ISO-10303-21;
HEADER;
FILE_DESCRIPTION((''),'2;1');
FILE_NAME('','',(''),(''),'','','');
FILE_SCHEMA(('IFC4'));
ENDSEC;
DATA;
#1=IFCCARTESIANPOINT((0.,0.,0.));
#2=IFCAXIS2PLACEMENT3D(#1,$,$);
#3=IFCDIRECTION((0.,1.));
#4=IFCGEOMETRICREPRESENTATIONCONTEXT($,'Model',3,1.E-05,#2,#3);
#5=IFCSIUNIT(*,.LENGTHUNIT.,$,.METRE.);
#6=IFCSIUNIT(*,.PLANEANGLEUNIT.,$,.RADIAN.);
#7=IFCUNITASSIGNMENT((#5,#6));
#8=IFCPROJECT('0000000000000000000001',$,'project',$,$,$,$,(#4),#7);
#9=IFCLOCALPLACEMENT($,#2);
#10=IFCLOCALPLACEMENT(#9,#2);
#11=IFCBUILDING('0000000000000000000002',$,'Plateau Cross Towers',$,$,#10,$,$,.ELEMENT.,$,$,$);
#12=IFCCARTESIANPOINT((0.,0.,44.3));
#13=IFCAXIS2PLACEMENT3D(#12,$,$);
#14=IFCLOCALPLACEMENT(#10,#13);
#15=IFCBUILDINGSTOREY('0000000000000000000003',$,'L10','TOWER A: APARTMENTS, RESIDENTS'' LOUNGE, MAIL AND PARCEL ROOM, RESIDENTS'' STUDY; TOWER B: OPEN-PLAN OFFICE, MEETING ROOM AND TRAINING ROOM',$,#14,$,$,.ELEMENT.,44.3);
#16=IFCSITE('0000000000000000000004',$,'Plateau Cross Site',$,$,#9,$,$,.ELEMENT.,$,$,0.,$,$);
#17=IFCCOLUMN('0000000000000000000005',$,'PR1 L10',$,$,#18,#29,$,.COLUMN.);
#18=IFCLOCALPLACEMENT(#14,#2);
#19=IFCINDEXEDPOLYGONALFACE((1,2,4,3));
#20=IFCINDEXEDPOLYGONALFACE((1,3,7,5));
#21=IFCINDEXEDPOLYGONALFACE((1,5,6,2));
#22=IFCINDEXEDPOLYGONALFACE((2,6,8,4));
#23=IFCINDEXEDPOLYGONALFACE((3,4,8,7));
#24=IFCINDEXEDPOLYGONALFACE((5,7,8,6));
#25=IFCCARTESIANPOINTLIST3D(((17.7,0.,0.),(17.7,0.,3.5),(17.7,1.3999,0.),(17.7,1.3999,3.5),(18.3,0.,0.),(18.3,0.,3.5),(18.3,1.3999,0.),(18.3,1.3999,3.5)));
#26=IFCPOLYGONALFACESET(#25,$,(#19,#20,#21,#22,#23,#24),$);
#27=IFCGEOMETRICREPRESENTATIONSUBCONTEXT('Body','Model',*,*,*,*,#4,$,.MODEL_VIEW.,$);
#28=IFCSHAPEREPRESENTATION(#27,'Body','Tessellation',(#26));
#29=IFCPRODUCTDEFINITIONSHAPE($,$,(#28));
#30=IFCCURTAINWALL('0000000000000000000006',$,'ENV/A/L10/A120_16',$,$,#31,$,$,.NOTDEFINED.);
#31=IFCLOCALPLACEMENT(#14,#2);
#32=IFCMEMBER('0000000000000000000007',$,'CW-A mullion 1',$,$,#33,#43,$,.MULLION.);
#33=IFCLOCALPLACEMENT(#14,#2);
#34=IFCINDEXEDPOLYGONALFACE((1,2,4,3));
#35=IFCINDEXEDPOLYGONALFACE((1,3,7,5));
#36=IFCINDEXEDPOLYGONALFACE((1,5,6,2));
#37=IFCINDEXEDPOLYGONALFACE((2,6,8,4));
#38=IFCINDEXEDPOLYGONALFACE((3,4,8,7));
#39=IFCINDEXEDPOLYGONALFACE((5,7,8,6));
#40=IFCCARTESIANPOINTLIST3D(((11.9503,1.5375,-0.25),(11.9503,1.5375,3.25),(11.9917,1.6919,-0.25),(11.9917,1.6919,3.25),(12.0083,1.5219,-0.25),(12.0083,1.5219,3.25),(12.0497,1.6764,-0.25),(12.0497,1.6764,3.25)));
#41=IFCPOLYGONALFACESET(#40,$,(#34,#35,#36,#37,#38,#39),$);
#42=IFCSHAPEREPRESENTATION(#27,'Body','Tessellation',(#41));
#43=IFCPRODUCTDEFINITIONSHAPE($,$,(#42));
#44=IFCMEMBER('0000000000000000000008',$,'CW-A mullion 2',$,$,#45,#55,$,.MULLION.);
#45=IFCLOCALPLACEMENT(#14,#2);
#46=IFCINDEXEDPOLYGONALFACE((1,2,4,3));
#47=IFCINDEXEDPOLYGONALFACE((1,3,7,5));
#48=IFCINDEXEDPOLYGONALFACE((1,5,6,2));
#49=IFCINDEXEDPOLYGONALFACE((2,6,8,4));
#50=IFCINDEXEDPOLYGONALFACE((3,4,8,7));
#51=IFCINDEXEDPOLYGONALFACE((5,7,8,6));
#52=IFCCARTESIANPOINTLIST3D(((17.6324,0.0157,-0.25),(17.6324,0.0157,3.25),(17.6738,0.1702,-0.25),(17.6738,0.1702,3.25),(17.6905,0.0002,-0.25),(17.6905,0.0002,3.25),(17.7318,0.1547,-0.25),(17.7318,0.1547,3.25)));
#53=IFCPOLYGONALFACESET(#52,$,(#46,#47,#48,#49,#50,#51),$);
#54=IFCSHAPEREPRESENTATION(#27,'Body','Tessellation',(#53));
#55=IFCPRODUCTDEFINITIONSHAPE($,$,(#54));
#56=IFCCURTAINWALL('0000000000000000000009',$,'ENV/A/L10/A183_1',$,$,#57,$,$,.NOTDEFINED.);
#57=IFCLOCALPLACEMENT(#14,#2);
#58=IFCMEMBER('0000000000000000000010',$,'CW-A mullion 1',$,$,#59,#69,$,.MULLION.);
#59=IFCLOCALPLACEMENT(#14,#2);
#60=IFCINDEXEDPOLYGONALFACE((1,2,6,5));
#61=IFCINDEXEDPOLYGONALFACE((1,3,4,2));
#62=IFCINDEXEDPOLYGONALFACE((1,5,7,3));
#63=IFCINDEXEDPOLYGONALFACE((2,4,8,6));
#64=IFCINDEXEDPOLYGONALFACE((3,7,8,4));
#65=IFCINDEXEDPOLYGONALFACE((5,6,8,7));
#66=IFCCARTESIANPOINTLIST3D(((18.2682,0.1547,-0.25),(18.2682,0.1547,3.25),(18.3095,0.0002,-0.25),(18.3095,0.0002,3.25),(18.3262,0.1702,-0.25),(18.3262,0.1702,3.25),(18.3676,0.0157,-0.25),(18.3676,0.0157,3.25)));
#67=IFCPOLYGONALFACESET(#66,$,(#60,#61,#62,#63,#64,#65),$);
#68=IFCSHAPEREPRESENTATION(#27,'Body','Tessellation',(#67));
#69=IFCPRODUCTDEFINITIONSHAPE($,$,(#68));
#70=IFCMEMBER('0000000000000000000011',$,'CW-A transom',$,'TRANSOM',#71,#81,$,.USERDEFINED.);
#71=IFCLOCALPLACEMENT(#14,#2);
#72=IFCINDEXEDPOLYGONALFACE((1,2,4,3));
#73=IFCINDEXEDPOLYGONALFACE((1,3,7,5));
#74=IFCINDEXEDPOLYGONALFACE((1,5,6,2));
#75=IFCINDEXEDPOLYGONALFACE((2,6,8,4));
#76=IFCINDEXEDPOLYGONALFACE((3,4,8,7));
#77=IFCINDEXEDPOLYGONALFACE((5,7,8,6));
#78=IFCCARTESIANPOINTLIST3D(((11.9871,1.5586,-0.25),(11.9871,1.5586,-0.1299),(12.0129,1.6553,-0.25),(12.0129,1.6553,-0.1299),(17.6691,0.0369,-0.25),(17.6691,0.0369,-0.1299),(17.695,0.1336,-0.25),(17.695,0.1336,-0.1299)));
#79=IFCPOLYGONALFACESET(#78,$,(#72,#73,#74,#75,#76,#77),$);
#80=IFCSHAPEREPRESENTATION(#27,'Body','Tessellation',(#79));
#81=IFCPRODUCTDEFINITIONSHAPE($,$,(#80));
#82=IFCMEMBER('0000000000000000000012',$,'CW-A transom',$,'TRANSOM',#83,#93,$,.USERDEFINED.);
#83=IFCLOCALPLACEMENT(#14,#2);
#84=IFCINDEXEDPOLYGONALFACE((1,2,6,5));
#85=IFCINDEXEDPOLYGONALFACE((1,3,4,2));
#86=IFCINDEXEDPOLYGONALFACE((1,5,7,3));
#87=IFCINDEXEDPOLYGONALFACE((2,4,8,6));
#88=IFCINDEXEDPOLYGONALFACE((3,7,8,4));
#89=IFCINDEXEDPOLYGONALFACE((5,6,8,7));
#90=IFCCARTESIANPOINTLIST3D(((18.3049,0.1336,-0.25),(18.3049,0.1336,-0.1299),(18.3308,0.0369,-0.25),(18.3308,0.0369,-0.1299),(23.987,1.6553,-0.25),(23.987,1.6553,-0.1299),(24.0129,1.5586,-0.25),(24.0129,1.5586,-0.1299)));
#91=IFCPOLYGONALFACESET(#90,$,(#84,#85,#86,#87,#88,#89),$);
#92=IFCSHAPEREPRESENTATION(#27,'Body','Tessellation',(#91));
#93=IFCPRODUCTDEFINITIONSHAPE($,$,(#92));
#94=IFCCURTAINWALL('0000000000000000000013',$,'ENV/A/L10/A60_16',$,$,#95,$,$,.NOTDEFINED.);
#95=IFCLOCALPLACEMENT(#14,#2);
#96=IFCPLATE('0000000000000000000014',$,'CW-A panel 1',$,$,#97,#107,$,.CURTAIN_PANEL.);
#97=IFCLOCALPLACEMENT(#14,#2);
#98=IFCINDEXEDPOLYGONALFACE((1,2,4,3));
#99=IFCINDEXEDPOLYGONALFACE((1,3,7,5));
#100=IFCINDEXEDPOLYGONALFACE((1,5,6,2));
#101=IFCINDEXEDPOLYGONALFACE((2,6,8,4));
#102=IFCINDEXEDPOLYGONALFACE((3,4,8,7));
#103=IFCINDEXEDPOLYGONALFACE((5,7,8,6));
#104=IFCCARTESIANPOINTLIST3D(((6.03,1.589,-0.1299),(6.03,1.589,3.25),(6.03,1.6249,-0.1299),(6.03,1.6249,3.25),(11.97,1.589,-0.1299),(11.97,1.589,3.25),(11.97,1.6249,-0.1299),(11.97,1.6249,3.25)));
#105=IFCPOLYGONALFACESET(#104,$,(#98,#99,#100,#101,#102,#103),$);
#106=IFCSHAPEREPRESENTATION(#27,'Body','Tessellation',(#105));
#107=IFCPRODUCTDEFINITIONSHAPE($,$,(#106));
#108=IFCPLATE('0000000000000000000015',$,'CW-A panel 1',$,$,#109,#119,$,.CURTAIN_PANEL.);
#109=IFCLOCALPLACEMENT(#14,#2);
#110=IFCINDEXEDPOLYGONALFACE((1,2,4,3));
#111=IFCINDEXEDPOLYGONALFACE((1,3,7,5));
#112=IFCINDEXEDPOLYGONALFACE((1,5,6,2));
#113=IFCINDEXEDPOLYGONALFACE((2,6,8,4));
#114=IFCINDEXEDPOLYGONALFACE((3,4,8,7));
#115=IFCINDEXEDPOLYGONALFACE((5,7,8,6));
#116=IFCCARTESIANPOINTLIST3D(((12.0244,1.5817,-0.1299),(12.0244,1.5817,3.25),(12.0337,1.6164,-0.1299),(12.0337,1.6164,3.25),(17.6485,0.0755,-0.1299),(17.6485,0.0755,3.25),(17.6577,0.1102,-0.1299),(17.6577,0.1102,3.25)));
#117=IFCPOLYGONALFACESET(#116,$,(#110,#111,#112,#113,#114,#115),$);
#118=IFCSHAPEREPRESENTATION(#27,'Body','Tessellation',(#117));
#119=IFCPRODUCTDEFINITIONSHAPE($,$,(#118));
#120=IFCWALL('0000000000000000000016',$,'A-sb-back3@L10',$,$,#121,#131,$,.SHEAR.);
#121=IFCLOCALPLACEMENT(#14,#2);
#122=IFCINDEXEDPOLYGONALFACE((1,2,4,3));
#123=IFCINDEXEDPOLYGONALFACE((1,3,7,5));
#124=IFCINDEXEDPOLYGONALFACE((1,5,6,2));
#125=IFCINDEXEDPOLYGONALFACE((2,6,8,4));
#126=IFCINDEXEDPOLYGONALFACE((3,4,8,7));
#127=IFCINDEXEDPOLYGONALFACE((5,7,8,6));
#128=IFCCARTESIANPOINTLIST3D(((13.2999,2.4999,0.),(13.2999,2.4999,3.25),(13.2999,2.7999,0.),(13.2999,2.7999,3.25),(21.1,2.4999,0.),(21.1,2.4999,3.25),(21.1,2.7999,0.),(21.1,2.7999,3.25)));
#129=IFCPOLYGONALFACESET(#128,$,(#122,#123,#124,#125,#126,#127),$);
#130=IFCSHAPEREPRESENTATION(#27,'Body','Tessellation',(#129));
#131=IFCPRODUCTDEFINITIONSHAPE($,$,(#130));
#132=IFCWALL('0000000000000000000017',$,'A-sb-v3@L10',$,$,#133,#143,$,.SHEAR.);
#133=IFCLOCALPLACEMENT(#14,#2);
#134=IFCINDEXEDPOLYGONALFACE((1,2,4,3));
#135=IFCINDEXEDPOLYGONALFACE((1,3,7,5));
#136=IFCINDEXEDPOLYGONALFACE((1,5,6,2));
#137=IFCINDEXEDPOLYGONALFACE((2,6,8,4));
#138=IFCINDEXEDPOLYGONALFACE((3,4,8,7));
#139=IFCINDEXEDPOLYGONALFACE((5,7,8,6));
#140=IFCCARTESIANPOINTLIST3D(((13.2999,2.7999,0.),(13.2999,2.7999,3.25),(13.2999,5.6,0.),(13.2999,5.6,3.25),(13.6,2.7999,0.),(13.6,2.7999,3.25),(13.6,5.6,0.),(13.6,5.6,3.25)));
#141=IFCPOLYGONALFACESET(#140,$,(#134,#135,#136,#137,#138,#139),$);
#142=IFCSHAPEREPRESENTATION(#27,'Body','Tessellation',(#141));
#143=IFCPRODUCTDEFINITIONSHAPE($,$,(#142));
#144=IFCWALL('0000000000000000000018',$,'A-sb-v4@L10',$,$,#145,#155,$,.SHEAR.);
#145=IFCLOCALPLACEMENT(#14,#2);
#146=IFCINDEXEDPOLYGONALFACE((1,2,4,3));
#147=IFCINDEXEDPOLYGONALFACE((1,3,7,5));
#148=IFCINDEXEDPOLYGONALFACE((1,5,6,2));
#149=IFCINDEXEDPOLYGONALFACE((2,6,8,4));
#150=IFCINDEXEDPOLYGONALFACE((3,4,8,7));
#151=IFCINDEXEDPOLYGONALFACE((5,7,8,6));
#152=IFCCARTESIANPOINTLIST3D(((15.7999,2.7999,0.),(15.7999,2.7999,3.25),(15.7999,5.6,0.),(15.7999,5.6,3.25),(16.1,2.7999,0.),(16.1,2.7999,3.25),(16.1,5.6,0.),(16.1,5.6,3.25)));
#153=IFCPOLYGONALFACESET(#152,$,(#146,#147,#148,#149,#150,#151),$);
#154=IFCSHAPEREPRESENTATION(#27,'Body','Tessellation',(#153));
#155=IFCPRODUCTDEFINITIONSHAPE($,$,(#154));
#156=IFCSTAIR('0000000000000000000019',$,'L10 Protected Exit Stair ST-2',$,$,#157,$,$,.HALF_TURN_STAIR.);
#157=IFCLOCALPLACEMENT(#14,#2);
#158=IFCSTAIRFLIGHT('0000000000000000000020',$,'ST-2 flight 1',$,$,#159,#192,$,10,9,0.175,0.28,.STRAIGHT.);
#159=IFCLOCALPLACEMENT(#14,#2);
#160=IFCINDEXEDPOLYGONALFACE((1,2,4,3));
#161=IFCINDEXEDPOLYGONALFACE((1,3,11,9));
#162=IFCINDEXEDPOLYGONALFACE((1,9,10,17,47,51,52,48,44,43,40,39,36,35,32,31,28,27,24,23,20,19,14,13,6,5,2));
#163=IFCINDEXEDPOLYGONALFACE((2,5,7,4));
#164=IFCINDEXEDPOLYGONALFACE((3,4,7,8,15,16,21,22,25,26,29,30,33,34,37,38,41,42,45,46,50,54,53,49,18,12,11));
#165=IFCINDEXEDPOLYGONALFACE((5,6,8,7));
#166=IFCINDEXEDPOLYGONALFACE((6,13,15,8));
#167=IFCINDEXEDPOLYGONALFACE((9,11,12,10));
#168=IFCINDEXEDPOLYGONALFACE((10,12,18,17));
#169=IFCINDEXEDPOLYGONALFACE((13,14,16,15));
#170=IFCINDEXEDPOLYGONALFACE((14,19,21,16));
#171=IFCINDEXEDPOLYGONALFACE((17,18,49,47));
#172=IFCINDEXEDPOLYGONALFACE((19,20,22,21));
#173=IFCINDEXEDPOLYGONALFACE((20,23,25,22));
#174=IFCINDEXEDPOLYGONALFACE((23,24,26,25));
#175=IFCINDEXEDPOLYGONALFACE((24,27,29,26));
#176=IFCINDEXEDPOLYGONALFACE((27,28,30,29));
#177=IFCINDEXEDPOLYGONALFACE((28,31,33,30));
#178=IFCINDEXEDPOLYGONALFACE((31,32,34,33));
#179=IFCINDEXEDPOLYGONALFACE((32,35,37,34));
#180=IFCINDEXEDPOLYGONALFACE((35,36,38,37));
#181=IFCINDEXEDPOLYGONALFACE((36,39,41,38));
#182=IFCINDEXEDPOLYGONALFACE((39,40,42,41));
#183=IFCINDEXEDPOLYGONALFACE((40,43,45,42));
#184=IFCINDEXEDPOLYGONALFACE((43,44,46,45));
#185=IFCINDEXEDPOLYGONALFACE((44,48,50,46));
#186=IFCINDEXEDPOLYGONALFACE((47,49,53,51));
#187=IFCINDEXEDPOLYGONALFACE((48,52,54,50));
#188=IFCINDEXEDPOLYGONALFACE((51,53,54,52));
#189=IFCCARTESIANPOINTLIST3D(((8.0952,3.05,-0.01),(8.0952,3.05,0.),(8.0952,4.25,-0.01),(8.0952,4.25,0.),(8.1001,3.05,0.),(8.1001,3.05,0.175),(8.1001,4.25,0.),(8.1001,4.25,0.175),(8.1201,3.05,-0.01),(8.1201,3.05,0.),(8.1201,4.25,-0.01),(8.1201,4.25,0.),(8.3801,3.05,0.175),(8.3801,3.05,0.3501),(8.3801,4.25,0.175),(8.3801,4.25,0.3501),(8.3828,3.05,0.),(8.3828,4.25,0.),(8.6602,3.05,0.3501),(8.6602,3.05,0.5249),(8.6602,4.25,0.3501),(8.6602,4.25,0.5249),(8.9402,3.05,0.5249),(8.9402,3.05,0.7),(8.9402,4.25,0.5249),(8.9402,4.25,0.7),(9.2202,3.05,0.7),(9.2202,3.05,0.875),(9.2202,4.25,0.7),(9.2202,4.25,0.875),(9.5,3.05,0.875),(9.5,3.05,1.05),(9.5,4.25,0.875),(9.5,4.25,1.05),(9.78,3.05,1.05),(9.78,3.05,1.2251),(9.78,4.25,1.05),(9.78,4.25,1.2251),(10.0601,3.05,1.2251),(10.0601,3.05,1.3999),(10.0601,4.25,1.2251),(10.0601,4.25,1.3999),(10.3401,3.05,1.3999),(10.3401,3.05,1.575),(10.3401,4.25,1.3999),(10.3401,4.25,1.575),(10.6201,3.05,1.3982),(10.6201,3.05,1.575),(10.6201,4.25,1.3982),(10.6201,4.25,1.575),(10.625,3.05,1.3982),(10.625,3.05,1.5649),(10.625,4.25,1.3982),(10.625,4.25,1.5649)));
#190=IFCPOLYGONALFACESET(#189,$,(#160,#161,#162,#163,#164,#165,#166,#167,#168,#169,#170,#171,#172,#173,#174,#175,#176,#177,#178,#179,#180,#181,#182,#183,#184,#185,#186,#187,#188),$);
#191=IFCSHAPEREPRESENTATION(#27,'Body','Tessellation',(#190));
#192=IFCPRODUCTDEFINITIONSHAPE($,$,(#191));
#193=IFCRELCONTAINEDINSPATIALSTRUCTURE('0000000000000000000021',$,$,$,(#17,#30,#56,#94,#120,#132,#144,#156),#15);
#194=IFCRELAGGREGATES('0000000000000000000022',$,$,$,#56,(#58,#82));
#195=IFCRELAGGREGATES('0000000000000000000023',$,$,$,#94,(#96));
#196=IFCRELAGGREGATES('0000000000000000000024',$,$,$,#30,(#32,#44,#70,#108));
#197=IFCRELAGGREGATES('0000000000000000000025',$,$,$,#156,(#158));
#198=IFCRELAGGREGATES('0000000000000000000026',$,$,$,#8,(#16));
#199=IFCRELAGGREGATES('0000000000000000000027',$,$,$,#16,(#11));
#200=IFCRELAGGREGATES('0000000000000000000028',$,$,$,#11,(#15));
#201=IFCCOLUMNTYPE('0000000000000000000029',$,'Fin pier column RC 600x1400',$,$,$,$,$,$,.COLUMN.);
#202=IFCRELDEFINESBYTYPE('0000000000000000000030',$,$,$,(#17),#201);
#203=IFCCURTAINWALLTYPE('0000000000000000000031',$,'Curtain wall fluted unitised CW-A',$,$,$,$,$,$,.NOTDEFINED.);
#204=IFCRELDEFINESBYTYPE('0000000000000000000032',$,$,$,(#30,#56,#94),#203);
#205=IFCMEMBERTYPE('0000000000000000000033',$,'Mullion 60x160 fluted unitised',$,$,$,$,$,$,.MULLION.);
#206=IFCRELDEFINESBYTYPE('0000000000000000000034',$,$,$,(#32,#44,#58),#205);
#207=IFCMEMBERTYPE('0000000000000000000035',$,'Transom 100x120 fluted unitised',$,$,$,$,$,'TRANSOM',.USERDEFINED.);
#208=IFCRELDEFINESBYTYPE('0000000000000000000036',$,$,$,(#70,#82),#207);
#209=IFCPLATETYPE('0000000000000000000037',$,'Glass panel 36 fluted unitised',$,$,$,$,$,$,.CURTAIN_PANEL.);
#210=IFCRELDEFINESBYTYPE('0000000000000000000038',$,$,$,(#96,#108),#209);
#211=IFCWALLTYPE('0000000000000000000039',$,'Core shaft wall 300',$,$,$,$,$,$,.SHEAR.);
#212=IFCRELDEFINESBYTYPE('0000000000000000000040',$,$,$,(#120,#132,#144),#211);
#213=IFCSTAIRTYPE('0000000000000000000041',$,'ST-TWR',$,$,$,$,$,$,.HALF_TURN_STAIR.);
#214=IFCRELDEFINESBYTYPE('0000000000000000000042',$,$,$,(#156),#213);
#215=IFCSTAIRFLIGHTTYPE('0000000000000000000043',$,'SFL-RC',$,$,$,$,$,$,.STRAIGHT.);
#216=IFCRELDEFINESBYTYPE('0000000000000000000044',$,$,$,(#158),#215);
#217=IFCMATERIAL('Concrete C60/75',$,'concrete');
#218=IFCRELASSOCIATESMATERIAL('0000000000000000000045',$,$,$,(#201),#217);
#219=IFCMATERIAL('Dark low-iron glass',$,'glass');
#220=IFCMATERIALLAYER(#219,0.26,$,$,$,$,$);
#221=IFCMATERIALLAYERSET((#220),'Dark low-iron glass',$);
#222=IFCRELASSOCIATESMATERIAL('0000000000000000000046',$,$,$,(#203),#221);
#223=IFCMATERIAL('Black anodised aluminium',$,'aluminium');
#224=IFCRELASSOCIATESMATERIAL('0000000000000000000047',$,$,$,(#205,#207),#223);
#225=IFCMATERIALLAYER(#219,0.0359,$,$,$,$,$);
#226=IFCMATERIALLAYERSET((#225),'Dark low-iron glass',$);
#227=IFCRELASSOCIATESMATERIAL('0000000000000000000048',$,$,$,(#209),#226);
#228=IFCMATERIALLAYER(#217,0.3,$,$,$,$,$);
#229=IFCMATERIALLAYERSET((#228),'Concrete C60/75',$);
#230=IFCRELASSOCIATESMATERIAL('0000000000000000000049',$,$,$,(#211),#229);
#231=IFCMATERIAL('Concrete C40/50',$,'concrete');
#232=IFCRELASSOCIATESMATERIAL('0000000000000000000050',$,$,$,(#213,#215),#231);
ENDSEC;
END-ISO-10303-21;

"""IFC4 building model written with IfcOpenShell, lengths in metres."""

from ifc_helpers import new_model, si_unit, direction, frame, frame_2d, origin, origin_2d, place, context, subcontext, project, spatial, polyline, rectangle, outline, extrude, material, layer, layer_set, material_profile, profile_set, type_object, element, aggregate, save


model = new_model("IFC4")

# Units and contexts
model_context = context("Model", 3, precision=1e-05, world=origin(), true_north=direction((0.0, 1.0)))
body_context = subcontext(model_context, "Body", "Model", "MODEL_VIEW")
ifc_project = project(units=[si_unit("LENGTHUNIT", "METRE"), si_unit("PLANEANGLEUNIT", "RADIAN")], contexts=[model_context])

# Site, building, storey
site_placement = place(None, origin())
site = spatial("IfcSite", under=ifc_project, at=site_placement, Name="Plateau Cross Site", CompositionType="ELEMENT", RefElevation=0.0)
building_placement = place(site_placement, origin())
building = spatial("IfcBuilding", under=site, at=building_placement, Name="Plateau Cross Towers", CompositionType="ELEMENT")
storey_placement = place(building_placement, frame((0.0, 0.0, 44.3)))
storey = spatial("IfcBuildingStorey", under=building, at=storey_placement, Name="L10", Description="TOWER A: APARTMENTS, RESIDENTS' LOUNGE, MAIL AND PARCEL ROOM, RESIDENTS' STUDY; TOWER B: OPEN-PLAN OFFICE, MEETING ROOM AND TRAINING ROOM", CompositionType="ELEMENT", Elevation=44.3)

# Column
ifc_material_1 = material(Name="Concrete C60/75", Category="concrete")
ifc_material_profile_1 = material_profile(ifc_material_1, rectangle(XDim=0.6001, YDim=1.3999, at=origin_2d()), Name="RC 600x1400")
ifc_profile_set_1 = profile_set([ifc_material_profile_1], Name="Concrete C60/75")
column_type = type_object("IfcColumnType", Name="Fin pier column RC 600x1400", PredefinedType="COLUMN", material=ifc_profile_set_1)
column_placement = place(storey_placement, frame((18.0, 0.7, 0.0), z_axis=(0.0, 0.0, 1.0), x_axis=(1.0, 0.0, 0.0)))
element("IfcColumn", 1, at=column_placement, inside=storey, type_object=column_type, Name="PR1 L10", PredefinedType="COLUMN", context=body_context, shape_type="SweptSolid", body=[
    extrude(rectangle(XDim=0.6001, YDim=1.3999, at=origin_2d()), origin(), (0.0, 0.0, 1.0), 3.5),
])

# Curtain wall, members
ifc_material_2 = material(Name="Dark low-iron glass", Category="glass")
ifc_layer_1 = layer(ifc_material_2, 0.26)
ifc_layer_set_1 = layer_set([ifc_layer_1], Name="Dark low-iron glass")
curtain_wall_type = type_object("IfcCurtainWallType", Name="Curtain wall fluted unitised CW-A", PredefinedType="NOTDEFINED", material=ifc_layer_set_1)
curtain_wall_1_placement = place(storey_placement, origin())
curtain_wall_1 = element("IfcCurtainWall", 2, at=curtain_wall_1_placement, inside=storey, type_object=curtain_wall_type, Name="ENV/A/L10/A120_16", PredefinedType="NOTDEFINED")
ifc_material_3 = material(Name="Black anodised aluminium", Category="aluminium")
ifc_material_profile_2 = material_profile(ifc_material_3, rectangle(XDim=0.0601, YDim=0.1599, at=origin_2d()), Name="MULLION 60x160")
ifc_profile_set_2 = profile_set([ifc_material_profile_2], Name="Black anodised aluminium")
member_type_1 = type_object("IfcMemberType", Name="Mullion 60x160 fluted unitised", PredefinedType="MULLION", material=ifc_profile_set_2)
member_1_placement = place(storey_placement, frame((12.0, 1.6069, -0.25), z_axis=(0.0, 0.0, 1.0), x_axis=(0.965958, -0.258699, 0.0)))
member_1 = element("IfcMember", 3, at=member_1_placement, type_object=member_type_1, Name="CW-A mullion 1", PredefinedType="MULLION", context=body_context, shape_type="SweptSolid", body=[
    extrude(rectangle(XDim=0.0601, YDim=0.1599, at=origin_2d()), origin(), (0.0, 0.0, 1.0), 3.5),
])
member_2_placement = place(storey_placement, frame((17.6821, 0.0852, -0.25), z_axis=(0.0, 0.0, 1.0), x_axis=(0.965958, -0.258699, 0.0)))
member_2 = element("IfcMember", 4, at=member_2_placement, type_object=member_type_1, Name="CW-A mullion 2", PredefinedType="MULLION", context=body_context, shape_type="SweptSolid", body=[
    extrude(rectangle(XDim=0.0601, YDim=0.1599, at=origin_2d()), origin(), (0.0, 0.0, 1.0), 3.5),
])

# Curtain wall, member
curtain_wall_2_placement = place(storey_placement, origin())
curtain_wall_2 = element("IfcCurtainWall", 5, at=curtain_wall_2_placement, inside=storey, type_object=curtain_wall_type, Name="ENV/A/L10/A183_1", PredefinedType="NOTDEFINED")
member_3_placement = place(storey_placement, frame((18.3179, 0.0852, -0.25), z_axis=(0.0, 0.0, 1.0), x_axis=(0.965958, 0.258699, 0.0)))
member_3 = element("IfcMember", 6, at=member_3_placement, type_object=member_type_1, Name="CW-A mullion 1", PredefinedType="MULLION", context=body_context, shape_type="SweptSolid", body=[
    extrude(rectangle(XDim=0.0601, YDim=0.1599, at=origin_2d()), origin(), (0.0, 0.0, 1.0), 3.5),
])

# Members
ifc_material_profile_3 = material_profile(ifc_material_3, rectangle(XDim=0.1001, YDim=0.1201, at=origin_2d()), Name="TRANSOM 100x120")
ifc_profile_set_3 = profile_set([ifc_material_profile_3], Name="Black anodised aluminium")
member_type_2 = type_object("IfcMemberType", Name="Transom 100x120 fluted unitised", ElementType="TRANSOM", PredefinedType="USERDEFINED", material=ifc_profile_set_3)
member_4_placement = place(storey_placement, frame((12.0, 1.6069, -0.1899), z_axis=(0.96596, -0.258693, 0.0), x_axis=(0.258693, 0.96596, 0.0)))
member_4 = element("IfcMember", 7, at=member_4_placement, type_object=member_type_2, Name="CW-A transom", ObjectType="TRANSOM", PredefinedType="USERDEFINED", context=body_context, shape_type="SweptSolid", body=[
    extrude(rectangle(XDim=0.1001, YDim=0.1201, at=origin_2d()), origin(), (0.0, 0.0, 1.0), 5.8823),
])
member_5_placement = place(storey_placement, frame((18.3179, 0.0852, -0.1899), z_axis=(0.96596, 0.258693, 0.0), x_axis=(-0.258693, 0.96596, 0.0)))
member_5 = element("IfcMember", 8, at=member_5_placement, type_object=member_type_2, Name="CW-A transom", ObjectType="TRANSOM", PredefinedType="USERDEFINED", context=body_context, shape_type="SweptSolid", body=[
    extrude(rectangle(XDim=0.1001, YDim=0.1201, at=origin_2d()), origin(), (0.0, 0.0, 1.0), 5.8823),
])
aggregate(curtain_wall_2, [member_3, member_5])

# Curtain wall, plate
curtain_wall_3_placement = place(storey_placement, origin())
curtain_wall_3 = element("IfcCurtainWall", 9, at=curtain_wall_3_placement, inside=storey, type_object=curtain_wall_type, Name="ENV/A/L10/A60_16", PredefinedType="NOTDEFINED")
ifc_layer_2 = layer(ifc_material_2, 0.0359)
ifc_layer_set_2 = layer_set([ifc_layer_2], Name="Dark low-iron glass")
plate_type = type_object("IfcPlateType", Name="Glass panel 36 fluted unitised", PredefinedType="CURTAIN_PANEL", material=ifc_layer_set_2)
plate_1_placement = place(storey_placement, frame((9.0, 1.6069, -0.1299), z_axis=(0.0, 0.0, 1.0), x_axis=(1.0, 0.0, 0.0)))
plate_1 = element("IfcPlate", 10, at=plate_1_placement, type_object=plate_type, Name="CW-A panel 1", PredefinedType="CURTAIN_PANEL", context=body_context, shape_type="SweptSolid", body=[
    extrude(rectangle(XDim=5.9399, YDim=0.0359, at=origin_2d()), origin(), (0.0, 0.0, 1.0), 3.3799),
])
aggregate(curtain_wall_3, [plate_1])

# Plate
plate_2_placement = place(storey_placement, frame((14.8411, 0.8459, -0.1299), z_axis=(0.0, 0.0, 1.0), x_axis=(0.965958, -0.258699, 0.0)))
plate_2 = element("IfcPlate", 11, at=plate_2_placement, type_object=plate_type, Name="CW-A panel 1", PredefinedType="CURTAIN_PANEL", context=body_context, shape_type="SweptSolid", body=[
    extrude(rectangle(XDim=5.8223, YDim=0.0359, at=origin_2d()), origin(), (0.0, 0.0, 1.0), 3.3799),
])
aggregate(curtain_wall_1, [member_1, member_2, member_4, plate_2])

# Walls
ifc_layer_3 = layer(ifc_material_1, 0.3)
ifc_layer_set_3 = layer_set([ifc_layer_3], Name="Concrete C60/75")
wall_type = type_object("IfcWallType", Name="Core shaft wall 300", PredefinedType="SHEAR", material=ifc_layer_set_3)
wall_placement = place(storey_placement, frame((13.3, 2.6499, 0.0), z_axis=(0.0, 0.0, 1.0), x_axis=(1.0, 0.0, 0.0)))
element("IfcWall", 12, at=wall_placement, inside=storey, type_object=wall_type, Name="A-sb-back3@L10", PredefinedType="SHEAR", context=body_context, shape_type="SweptSolid", body=[
    extrude(rectangle(XDim=7.8, YDim=0.3, at=frame_2d((3.8999, 0.0))), origin(), (0.0, 0.0, 1.0), 3.25),
])
for number, where, z_axis, x_axis, name in (
    (13, (13.45, 2.8, 0.0), (0.0, 0.0, 1.0), (0.0, 1.0, 0.0), "A-sb-v3@L10"),
    (14, (15.95, 2.8, 0.0), (0.0, 0.0, 1.0), (0.0, 1.0, 0.0), "A-sb-v4@L10"),
):
    element("IfcWall", number, at=place(storey_placement, frame(where, z_axis=z_axis, x_axis=x_axis)), inside=storey, type_object=wall_type, Name=name, PredefinedType="SHEAR", context=body_context, shape_type="SweptSolid", body=[
        extrude(rectangle(XDim=2.8, YDim=0.3, at=frame_2d((1.3999, 0.0))), origin(), (0.0, 0.0, 1.0), 3.25),
    ])

# Stair, stair flight
ifc_material_4 = material(Name="Concrete C40/50", Category="concrete")
stair_type = type_object("IfcStairType", Name="ST-TWR", PredefinedType="HALF_TURN_STAIR", material=ifc_material_4)
stair_placement = place(storey_placement, origin())
stair = element("IfcStair", 15, at=stair_placement, inside=storey, type_object=stair_type, Name="L10 Protected Exit Stair ST-2", PredefinedType="HALF_TURN_STAIR")
stair_flight_type = type_object("IfcStairFlightType", Name="SFL-RC", PredefinedType="STRAIGHT", material=ifc_material_4)
stair_flight_placement = place(storey_placement, frame((8.1001, 3.6499, 0.0), z_axis=(0.0, 0.0, 1.0), x_axis=(1.0, 0.0, 0.0)))
stair_flight = element("IfcStairFlight", 16, at=stair_flight_placement, type_object=stair_flight_type, Name="ST-2 flight 1", NumberOfRisers=10, NumberOfTreads=9, PredefinedType="STRAIGHT", RiserHeight=0.175, TreadLength=0.28, context=body_context, shape_type="SweptSolid", body=[
    extrude(outline(polyline([(-0.0049, -0.01), (-0.0049, 0.0), (0.0, 0.0), (0.0, 0.175), (0.28, 0.175), (0.28, 0.3501), (0.5601, 0.3501), (0.5601, 0.5249), (0.8401, 0.5249), (0.8401, 0.7), (1.1201, 0.7), (1.1201, 0.875), (1.3999, 0.875), (1.3999, 1.05), (1.6799, 1.05), (1.6799, 1.2251), (1.96, 1.2251), (1.96, 1.3999), (2.24, 1.3999), (2.24, 1.575), (2.52, 1.575), (2.5249, 1.5649), (2.5249, 1.3982), (2.52, 1.3982), (0.2827, 0.0), (0.02, 0.0), (0.02, -0.01), (-0.0049, -0.01)])), frame((0.0, 0.6001, 0.0), z_axis=(0.0, -1.0, 0.0), x_axis=(1.0, 0.0, 0.0)), (0.0, 0.0, 1.0), 1.2),
])
aggregate(stair, [stair_flight])

save(model, "model.ifc")
